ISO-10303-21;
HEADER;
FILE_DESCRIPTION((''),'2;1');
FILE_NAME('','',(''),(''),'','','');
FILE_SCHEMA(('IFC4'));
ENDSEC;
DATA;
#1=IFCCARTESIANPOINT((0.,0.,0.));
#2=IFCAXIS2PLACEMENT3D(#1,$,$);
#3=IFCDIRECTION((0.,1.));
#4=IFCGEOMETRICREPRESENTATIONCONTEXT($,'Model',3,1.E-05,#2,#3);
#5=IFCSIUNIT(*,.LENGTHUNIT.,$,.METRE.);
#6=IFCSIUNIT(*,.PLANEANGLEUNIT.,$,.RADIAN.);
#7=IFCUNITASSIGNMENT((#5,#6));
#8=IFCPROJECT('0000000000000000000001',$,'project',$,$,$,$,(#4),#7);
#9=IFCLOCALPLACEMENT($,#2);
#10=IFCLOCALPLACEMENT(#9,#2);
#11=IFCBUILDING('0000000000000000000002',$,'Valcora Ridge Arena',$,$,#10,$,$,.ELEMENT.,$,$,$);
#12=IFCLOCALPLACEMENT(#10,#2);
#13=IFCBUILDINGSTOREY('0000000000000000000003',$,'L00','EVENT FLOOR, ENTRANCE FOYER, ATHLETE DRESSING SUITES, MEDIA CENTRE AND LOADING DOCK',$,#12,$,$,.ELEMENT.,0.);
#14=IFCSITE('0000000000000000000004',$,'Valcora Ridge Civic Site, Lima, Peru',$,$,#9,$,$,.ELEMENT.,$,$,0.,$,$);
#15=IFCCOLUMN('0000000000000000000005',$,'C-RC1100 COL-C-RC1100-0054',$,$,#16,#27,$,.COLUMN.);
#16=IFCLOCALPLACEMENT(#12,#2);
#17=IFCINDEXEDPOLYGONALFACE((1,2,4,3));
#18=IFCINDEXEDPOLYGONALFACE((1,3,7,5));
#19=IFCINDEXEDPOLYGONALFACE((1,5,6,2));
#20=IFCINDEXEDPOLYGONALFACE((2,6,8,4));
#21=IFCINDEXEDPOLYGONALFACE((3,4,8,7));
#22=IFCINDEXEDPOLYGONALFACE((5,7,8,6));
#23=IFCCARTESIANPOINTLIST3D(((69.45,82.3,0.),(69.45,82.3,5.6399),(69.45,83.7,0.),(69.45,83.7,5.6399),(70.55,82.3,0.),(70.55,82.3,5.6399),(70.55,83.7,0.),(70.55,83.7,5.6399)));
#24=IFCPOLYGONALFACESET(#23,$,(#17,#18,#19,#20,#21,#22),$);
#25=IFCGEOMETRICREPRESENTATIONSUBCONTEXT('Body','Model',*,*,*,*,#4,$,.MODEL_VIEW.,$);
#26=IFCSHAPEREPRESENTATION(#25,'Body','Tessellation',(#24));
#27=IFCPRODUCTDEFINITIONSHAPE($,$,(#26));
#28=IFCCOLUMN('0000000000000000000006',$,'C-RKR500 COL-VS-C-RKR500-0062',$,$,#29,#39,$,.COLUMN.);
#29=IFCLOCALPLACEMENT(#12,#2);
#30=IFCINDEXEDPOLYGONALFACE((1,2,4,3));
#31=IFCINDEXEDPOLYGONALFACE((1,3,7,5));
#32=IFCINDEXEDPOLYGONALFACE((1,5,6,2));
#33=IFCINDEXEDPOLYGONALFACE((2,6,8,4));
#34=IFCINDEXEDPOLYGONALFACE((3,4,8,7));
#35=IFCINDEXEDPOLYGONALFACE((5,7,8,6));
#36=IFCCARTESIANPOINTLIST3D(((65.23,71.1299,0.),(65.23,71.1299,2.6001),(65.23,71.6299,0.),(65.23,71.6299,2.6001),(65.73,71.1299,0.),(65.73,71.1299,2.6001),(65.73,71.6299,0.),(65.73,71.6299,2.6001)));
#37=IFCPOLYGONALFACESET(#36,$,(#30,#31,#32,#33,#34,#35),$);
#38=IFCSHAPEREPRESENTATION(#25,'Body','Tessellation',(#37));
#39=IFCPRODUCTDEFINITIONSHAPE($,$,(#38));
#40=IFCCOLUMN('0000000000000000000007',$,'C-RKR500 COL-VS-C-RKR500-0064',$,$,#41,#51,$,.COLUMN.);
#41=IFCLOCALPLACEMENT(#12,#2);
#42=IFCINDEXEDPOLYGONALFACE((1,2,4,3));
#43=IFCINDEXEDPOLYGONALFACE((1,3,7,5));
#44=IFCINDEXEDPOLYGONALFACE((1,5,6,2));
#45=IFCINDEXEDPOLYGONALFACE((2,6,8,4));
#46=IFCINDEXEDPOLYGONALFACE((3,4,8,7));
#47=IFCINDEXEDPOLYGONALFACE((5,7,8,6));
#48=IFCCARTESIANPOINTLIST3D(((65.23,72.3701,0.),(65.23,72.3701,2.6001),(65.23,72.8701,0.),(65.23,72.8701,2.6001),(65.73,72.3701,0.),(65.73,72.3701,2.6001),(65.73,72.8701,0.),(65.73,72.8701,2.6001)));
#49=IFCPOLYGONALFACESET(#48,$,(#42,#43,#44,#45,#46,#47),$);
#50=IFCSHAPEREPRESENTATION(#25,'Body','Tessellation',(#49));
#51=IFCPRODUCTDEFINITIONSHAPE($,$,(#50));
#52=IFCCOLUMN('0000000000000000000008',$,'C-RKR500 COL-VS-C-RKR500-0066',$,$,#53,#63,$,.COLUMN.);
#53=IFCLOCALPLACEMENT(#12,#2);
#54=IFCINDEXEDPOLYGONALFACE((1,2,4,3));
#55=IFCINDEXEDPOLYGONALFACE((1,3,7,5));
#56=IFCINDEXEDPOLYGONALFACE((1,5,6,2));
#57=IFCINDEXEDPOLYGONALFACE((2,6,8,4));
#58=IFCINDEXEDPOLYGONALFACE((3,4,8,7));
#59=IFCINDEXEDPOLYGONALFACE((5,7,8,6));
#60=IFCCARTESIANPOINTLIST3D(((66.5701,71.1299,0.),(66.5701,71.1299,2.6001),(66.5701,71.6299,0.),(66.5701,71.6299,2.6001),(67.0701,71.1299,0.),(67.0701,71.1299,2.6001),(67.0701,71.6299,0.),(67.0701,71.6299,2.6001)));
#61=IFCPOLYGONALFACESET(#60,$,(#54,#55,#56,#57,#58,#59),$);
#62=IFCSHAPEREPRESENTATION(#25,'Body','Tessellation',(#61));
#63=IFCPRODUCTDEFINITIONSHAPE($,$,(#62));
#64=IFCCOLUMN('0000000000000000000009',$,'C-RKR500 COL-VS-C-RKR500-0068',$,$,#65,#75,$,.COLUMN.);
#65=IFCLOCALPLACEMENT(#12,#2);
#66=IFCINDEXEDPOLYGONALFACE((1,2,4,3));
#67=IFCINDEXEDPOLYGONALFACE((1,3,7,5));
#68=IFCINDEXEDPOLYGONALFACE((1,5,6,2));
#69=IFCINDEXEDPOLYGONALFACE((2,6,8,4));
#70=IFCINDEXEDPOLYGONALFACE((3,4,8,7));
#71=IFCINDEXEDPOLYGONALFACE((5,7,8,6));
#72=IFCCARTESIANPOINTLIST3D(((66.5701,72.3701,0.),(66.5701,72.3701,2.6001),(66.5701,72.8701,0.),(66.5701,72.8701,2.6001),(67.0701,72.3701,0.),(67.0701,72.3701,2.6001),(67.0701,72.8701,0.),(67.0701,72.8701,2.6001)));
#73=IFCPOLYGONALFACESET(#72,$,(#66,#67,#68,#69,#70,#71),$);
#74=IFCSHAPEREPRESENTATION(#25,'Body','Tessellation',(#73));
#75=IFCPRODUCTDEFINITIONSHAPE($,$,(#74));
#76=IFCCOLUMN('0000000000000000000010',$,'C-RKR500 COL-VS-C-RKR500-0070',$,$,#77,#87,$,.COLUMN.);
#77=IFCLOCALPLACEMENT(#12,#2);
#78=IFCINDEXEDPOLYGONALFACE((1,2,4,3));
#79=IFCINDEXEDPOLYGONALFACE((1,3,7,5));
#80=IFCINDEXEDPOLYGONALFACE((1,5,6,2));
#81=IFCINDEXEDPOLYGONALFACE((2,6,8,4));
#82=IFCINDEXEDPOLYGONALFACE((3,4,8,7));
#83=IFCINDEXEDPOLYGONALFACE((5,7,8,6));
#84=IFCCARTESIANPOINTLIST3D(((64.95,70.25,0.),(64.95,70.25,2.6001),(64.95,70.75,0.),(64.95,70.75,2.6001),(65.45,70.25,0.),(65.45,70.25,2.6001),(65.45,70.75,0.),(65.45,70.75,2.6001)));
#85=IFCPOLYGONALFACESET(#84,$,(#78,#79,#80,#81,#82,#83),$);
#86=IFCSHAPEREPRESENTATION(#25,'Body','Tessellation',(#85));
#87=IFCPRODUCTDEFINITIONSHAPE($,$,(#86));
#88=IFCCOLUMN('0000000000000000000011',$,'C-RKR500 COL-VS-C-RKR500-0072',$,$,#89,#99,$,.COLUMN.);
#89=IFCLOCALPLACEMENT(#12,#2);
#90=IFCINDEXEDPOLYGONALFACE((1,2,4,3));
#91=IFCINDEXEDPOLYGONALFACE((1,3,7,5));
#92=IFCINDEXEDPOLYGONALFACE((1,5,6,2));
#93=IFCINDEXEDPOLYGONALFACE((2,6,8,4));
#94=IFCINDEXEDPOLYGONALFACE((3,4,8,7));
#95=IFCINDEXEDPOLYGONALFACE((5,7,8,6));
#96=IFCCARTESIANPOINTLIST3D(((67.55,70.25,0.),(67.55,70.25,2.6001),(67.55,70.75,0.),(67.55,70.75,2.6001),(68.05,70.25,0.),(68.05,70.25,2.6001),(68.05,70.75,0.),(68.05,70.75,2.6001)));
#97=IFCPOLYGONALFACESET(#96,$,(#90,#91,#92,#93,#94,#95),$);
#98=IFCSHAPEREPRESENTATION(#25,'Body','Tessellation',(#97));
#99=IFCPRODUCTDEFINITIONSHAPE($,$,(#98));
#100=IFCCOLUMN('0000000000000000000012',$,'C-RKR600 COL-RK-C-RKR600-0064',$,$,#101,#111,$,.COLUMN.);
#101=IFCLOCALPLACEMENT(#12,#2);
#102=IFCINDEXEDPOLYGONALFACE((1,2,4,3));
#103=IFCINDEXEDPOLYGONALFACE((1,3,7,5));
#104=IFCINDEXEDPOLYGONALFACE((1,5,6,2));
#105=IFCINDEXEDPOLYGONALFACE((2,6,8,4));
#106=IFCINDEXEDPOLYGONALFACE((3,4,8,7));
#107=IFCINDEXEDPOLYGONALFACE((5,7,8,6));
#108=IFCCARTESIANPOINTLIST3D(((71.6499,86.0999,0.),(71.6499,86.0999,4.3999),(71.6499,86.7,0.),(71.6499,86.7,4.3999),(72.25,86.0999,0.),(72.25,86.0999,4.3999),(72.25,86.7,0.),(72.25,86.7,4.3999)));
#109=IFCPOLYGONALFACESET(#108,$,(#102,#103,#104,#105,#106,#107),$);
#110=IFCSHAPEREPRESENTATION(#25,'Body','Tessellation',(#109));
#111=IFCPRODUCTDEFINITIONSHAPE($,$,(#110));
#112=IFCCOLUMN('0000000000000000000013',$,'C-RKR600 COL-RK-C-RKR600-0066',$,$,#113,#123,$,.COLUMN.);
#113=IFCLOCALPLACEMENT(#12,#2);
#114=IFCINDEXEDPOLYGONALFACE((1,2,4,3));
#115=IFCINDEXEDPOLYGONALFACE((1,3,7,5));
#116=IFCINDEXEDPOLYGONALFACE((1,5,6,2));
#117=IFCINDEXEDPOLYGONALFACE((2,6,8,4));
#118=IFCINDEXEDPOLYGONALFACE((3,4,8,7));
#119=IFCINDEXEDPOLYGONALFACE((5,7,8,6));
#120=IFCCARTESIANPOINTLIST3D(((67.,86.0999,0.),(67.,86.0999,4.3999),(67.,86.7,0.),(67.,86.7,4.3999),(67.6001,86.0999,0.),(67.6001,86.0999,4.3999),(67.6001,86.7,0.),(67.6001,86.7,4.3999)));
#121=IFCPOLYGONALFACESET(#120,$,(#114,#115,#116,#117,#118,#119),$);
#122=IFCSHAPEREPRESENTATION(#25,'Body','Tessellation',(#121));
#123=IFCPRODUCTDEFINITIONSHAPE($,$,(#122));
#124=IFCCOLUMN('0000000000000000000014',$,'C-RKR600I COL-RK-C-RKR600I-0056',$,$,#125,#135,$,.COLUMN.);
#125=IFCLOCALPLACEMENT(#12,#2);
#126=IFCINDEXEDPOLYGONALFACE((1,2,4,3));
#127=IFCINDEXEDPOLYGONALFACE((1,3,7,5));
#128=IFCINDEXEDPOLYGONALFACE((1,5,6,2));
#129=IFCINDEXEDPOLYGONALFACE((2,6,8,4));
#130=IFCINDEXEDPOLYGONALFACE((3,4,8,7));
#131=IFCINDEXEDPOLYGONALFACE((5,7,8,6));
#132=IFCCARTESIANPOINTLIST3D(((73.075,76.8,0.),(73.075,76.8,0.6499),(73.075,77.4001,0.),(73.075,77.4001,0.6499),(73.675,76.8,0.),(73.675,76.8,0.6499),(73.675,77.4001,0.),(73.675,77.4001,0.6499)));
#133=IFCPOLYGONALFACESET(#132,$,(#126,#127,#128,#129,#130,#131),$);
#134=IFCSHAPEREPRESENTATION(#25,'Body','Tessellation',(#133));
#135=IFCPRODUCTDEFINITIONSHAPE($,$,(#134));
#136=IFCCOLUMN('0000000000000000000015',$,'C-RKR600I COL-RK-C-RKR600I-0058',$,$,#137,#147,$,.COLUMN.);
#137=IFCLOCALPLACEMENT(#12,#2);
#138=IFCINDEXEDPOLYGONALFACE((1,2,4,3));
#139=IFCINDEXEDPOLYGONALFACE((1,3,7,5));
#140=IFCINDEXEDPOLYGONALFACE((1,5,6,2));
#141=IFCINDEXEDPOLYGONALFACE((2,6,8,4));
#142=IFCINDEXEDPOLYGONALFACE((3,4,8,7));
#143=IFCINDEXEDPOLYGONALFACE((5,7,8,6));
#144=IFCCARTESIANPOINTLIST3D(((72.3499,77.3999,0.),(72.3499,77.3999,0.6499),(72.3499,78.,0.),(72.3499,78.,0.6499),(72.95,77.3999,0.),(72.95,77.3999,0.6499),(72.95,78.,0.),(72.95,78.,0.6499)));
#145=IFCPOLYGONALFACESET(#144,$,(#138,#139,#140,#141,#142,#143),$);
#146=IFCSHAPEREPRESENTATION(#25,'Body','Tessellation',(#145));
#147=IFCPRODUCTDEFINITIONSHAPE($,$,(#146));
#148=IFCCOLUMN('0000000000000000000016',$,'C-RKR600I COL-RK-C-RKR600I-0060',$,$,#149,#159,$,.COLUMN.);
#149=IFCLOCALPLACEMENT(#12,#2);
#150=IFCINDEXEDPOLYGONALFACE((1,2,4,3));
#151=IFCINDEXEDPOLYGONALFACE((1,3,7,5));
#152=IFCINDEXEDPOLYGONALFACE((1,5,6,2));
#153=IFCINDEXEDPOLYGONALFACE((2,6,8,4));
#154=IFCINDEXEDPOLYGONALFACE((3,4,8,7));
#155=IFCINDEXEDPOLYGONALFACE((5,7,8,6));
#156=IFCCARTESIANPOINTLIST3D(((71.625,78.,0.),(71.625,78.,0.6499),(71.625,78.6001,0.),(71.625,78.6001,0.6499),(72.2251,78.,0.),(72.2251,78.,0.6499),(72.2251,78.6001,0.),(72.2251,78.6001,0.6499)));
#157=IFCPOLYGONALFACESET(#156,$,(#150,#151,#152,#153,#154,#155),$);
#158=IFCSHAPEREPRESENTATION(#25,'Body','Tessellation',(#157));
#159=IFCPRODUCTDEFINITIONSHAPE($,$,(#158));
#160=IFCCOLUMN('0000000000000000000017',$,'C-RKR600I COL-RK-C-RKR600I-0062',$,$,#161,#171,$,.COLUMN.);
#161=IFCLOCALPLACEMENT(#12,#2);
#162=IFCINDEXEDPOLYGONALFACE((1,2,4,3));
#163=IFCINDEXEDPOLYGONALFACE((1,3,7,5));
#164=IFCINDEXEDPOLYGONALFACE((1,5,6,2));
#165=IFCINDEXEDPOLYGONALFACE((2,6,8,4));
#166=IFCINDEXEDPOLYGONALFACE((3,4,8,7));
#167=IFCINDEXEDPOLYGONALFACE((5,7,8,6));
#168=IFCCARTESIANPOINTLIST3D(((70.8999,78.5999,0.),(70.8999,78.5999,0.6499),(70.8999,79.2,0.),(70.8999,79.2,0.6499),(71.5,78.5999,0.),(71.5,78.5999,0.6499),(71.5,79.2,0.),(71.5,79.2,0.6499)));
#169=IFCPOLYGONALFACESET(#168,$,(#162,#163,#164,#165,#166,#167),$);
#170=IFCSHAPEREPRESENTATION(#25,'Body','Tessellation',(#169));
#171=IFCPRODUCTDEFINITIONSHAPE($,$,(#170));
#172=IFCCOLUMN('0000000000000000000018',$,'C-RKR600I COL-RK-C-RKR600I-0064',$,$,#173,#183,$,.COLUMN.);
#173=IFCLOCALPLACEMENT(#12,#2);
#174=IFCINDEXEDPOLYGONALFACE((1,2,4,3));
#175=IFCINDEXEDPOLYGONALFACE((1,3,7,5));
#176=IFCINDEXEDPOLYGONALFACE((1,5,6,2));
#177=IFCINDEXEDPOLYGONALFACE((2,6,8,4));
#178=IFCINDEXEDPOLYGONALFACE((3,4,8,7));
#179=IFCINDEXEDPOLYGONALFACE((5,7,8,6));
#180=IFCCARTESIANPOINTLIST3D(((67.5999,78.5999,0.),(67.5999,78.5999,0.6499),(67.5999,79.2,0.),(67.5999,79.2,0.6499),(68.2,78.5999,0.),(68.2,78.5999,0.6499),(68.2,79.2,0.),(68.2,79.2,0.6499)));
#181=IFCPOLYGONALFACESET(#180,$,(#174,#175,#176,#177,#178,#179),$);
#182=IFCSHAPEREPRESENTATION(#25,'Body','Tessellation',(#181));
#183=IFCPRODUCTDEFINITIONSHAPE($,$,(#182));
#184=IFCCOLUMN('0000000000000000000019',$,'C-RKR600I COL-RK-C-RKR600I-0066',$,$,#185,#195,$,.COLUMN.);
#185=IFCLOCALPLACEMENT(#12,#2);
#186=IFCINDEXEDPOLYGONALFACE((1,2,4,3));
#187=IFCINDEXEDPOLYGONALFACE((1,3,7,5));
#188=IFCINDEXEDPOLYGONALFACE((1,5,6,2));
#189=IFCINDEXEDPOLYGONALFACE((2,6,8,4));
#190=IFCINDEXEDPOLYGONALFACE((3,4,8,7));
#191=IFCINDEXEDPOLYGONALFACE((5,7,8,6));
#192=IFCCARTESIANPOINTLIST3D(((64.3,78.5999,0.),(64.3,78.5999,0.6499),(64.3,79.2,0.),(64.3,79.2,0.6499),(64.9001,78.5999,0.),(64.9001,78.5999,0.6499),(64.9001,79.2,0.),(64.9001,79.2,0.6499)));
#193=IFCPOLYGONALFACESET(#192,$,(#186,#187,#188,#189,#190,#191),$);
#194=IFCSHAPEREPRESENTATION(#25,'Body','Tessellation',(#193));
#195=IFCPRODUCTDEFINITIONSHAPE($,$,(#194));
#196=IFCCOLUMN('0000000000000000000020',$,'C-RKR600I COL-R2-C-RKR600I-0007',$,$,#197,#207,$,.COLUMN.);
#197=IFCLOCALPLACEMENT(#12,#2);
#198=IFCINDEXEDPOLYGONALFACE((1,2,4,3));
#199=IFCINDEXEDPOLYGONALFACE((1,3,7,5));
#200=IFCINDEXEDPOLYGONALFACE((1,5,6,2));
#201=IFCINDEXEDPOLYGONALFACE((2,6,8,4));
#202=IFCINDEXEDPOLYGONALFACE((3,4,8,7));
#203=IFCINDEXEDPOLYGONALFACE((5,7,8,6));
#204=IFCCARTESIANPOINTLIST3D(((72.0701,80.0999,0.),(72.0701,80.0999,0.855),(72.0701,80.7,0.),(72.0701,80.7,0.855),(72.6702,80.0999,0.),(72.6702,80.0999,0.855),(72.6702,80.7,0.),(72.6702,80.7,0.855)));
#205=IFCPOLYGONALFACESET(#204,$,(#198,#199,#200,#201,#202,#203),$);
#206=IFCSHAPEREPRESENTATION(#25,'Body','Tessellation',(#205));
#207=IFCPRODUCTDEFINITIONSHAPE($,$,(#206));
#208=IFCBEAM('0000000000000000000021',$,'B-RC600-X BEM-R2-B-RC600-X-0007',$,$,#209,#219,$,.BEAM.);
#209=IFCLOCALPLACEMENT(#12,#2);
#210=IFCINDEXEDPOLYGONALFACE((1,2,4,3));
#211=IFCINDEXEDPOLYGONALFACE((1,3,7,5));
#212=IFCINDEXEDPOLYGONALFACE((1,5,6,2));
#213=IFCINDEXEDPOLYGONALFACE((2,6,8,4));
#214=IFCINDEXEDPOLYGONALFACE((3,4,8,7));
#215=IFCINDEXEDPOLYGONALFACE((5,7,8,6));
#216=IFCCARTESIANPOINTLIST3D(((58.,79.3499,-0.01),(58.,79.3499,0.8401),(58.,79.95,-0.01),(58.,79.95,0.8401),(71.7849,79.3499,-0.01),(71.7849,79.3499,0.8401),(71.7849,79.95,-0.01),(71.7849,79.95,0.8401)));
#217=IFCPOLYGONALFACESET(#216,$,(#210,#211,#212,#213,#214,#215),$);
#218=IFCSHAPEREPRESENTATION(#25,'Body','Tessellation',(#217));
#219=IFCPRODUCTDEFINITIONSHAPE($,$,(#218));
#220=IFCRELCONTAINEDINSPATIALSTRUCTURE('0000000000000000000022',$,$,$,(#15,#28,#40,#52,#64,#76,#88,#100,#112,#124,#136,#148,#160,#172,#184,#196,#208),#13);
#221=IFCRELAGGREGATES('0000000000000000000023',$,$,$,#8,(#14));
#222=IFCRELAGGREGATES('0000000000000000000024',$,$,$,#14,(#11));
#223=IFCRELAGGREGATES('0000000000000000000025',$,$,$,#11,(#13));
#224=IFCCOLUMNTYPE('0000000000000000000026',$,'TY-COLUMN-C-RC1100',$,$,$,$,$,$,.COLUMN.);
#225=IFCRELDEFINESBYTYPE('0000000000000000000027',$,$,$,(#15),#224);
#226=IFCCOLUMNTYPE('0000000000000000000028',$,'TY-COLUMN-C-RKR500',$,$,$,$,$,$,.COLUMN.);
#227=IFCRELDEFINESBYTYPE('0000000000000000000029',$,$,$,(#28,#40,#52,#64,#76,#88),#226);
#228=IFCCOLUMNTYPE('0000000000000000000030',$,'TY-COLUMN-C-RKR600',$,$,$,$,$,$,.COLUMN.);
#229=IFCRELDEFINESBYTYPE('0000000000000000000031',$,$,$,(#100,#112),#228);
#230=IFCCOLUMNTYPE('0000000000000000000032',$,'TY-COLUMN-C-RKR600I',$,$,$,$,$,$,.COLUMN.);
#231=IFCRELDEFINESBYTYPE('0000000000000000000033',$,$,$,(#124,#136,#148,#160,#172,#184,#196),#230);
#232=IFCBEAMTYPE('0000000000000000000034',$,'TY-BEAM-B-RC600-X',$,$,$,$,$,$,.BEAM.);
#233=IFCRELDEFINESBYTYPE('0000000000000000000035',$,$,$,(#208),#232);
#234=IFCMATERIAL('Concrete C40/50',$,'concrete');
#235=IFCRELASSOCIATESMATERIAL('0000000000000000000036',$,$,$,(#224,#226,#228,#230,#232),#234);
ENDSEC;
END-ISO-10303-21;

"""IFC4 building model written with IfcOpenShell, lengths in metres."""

from ifc_helpers import new_model, si_unit, direction, frame, origin, origin_2d, place, context, subcontext, project, spatial, rectangle, extrude, material, material_profile, profile_set, type_object, element, save


model = new_model("IFC4")

# Units and contexts
model_context = context("Model", 3, precision=1e-05, world=origin(), true_north=direction((0.0, 1.0)))
body_context = subcontext(model_context, "Body", "Model", "MODEL_VIEW")
ifc_project = project(units=[si_unit("LENGTHUNIT", "METRE"), si_unit("PLANEANGLEUNIT", "RADIAN")], contexts=[model_context])

# Site, building, storey
site_placement = place(None, origin())
site = spatial("IfcSite", under=ifc_project, at=site_placement, Name="Valcora Ridge Civic Site, Lima, Peru", CompositionType="ELEMENT", RefElevation=0.0)
building_placement = place(site_placement, origin())
building = spatial("IfcBuilding", under=site, at=building_placement, Name="Valcora Ridge Arena", CompositionType="ELEMENT")
storey_placement = place(building_placement, origin())
storey = spatial("IfcBuildingStorey", under=building, at=storey_placement, Name="L00", Description="EVENT FLOOR, ENTRANCE FOYER, ATHLETE DRESSING SUITES, MEDIA CENTRE AND LOADING DOCK", CompositionType="ELEMENT", Elevation=0.0)

# Columns
ifc_material_1 = material(Name="Concrete C40/50", Category="concrete")
ifc_material_profile_1 = material_profile(ifc_material_1, rectangle(XDim=1.1001, YDim=1.3999, at=origin_2d()), Name="RC 1100x1400")
ifc_profile_set_1 = profile_set([ifc_material_profile_1], Name="Concrete C40/50")
column_type_1 = type_object("IfcColumnType", Name="TY-COLUMN-C-RC1100", PredefinedType="COLUMN", material=ifc_profile_set_1)
column_1_placement = place(storey_placement, frame((70.0, 83.0, 0.0), z_axis=(0.0, 0.0, 1.0), x_axis=(1.0, 0.0, 0.0)))
element("IfcColumn", 1, at=column_1_placement, inside=storey, type_object=column_type_1, Name="C-RC1100 COL-C-RC1100-0054", PredefinedType="COLUMN", context=body_context, shape_type="SweptSolid", body=[
    extrude(rectangle(XDim=1.1001, YDim=1.3999, at=origin_2d()), origin(), (0.0, 0.0, 1.0), 5.6399),
])
ifc_material_profile_2 = material_profile(ifc_material_1, rectangle(XDim=0.5, YDim=0.5, at=origin_2d()), Name="RC 500x500")
ifc_profile_set_2 = profile_set([ifc_material_profile_2], Name="Concrete C40/50")
column_type_2 = type_object("IfcColumnType", Name="TY-COLUMN-C-RKR500", PredefinedType="COLUMN", material=ifc_profile_set_2)
for number, where, z_axis, x_axis, name in (
    (2, (65.48, 71.3799, 0.0), (0.0, 0.0, 1.0), (1.0, 0.0, 0.0), "C-RKR500 COL-VS-C-RKR500-0062"),
    (3, (65.48, 72.6201, 0.0), (0.0, 0.0, 1.0), (1.0, 0.0, 0.0), "C-RKR500 COL-VS-C-RKR500-0064"),
    (4, (66.8201, 71.3799, 0.0), (0.0, 0.0, 1.0), (1.0, 0.0, 0.0), "C-RKR500 COL-VS-C-RKR500-0066"),
    (5, (66.8201, 72.6201, 0.0), (0.0, 0.0, 1.0), (1.0, 0.0, 0.0), "C-RKR500 COL-VS-C-RKR500-0068"),
    (6, (65.2, 70.5, 0.0), (0.0, 0.0, 1.0), (1.0, 0.0, 0.0), "C-RKR500 COL-VS-C-RKR500-0070"),
    (7, (67.8, 70.5, 0.0), (0.0, 0.0, 1.0), (1.0, 0.0, 0.0), "C-RKR500 COL-VS-C-RKR500-0072"),
):
    element("IfcColumn", number, at=place(storey_placement, frame(where, z_axis=z_axis, x_axis=x_axis)), inside=storey, type_object=column_type_2, Name=name, PredefinedType="COLUMN", context=body_context, shape_type="SweptSolid", body=[
        extrude(rectangle(XDim=0.5, YDim=0.5, at=origin_2d()), origin(), (0.0, 0.0, 1.0), 2.6001),
    ])
ifc_material_profile_3 = material_profile(ifc_material_1, rectangle(XDim=0.6001, YDim=0.6001, at=origin_2d()), Name="RC 600x600")
ifc_profile_set_3 = profile_set([ifc_material_profile_3], Name="Concrete C40/50")
column_type_3 = type_object("IfcColumnType", Name="TY-COLUMN-C-RKR600", PredefinedType="COLUMN", material=ifc_profile_set_3)
for number, where, z_axis, x_axis, name in (
    (8, (71.95, 86.3999, 0.0), (0.0, 0.0, 1.0), (1.0, 0.0, 0.0), "C-RKR600 COL-RK-C-RKR600-0064"),
    (9, (67.3, 86.3999, 0.0), (0.0, 0.0, 1.0), (1.0, 0.0, 0.0), "C-RKR600 COL-RK-C-RKR600-0066"),
):
    element("IfcColumn", number, at=place(storey_placement, frame(where, z_axis=z_axis, x_axis=x_axis)), inside=storey, type_object=column_type_3, Name=name, PredefinedType="COLUMN", context=body_context, shape_type="SweptSolid", body=[
        extrude(rectangle(XDim=0.6001, YDim=0.6001, at=origin_2d()), origin(), (0.0, 0.0, 1.0), 4.3999),
    ])
ifc_material_profile_4 = material_profile(ifc_material_1, rectangle(XDim=0.6001, YDim=0.6001, at=origin_2d()), Name="RC 600x600")
ifc_profile_set_4 = profile_set([ifc_material_profile_4], Name="Concrete C40/50")
column_type_4 = type_object("IfcColumnType", Name="TY-COLUMN-C-RKR600I", PredefinedType="COLUMN", material=ifc_profile_set_4)
for number, where, z_axis, x_axis, name in (
    (10, (73.375, 77.1001, 0.0), (0.0, 0.0, 1.0), (1.0, 0.0, 0.0), "C-RKR600I COL-RK-C-RKR600I-0056"),
    (11, (72.6499, 77.7, 0.0), (0.0, 0.0, 1.0), (1.0, 0.0, 0.0), "C-RKR600I COL-RK-C-RKR600I-0058"),
    (12, (71.925, 78.3, 0.0), (0.0, 0.0, 1.0), (1.0, 0.0, 0.0), "C-RKR600I COL-RK-C-RKR600I-0060"),
    (13, (71.2, 78.8999, 0.0), (0.0, 0.0, 1.0), (1.0, 0.0, 0.0), "C-RKR600I COL-RK-C-RKR600I-0062"),
    (14, (67.8999, 78.8999, 0.0), (0.0, 0.0, 1.0), (1.0, 0.0, 0.0), "C-RKR600I COL-RK-C-RKR600I-0064"),
    (15, (64.6001, 78.8999, 0.0), (0.0, 0.0, 1.0), (1.0, 0.0, 0.0), "C-RKR600I COL-RK-C-RKR600I-0066"),
):
    element("IfcColumn", number, at=place(storey_placement, frame(where, z_axis=z_axis, x_axis=x_axis)), inside=storey, type_object=column_type_4, Name=name, PredefinedType="COLUMN", context=body_context, shape_type="SweptSolid", body=[
        extrude(rectangle(XDim=0.6001, YDim=0.6001, at=origin_2d()), origin(), (0.0, 0.0, 1.0), 0.6499),
    ])
column_2_placement = place(storey_placement, frame((72.3701, 80.3999, 0.0), z_axis=(0.0, 0.0, 1.0), x_axis=(1.0, 0.0, 0.0)))
element("IfcColumn", 16, at=column_2_placement, inside=storey, type_object=column_type_4, Name="C-RKR600I COL-R2-C-RKR600I-0007", PredefinedType="COLUMN", context=body_context, shape_type="SweptSolid", body=[
    extrude(rectangle(XDim=0.6001, YDim=0.6001, at=origin_2d()), origin(), (0.0, 0.0, 1.0), 0.855),
])

# Beam
ifc_material_profile_5 = material_profile(ifc_material_1, rectangle(XDim=0.6001, YDim=0.8501, at=origin_2d()), Name="RC 600x850")
ifc_profile_set_5 = profile_set([ifc_material_profile_5], Name="Concrete C40/50")
beam_type = type_object("IfcBeamType", Name="TY-BEAM-B-RC600-X", PredefinedType="BEAM", material=ifc_profile_set_5)
beam_1_placement = place(storey_placement, frame((71.7849, 79.6499, 0.415), z_axis=(-1.0, 0.0, 0.0), x_axis=(0.0, -1.0, 0.0)))
element("IfcBeam", 17, at=beam_1_placement, inside=storey, type_object=beam_type, Name="B-RC600-X BEM-R2-B-RC600-X-0007", PredefinedType="BEAM", context=body_context, shape_type="SweptSolid", body=[
    extrude(rectangle(XDim=0.6001, YDim=0.8501, at=origin_2d()), origin(), (0.0, 0.0, 1.0), 13.7849),
])

save(model, "model.ifc")
